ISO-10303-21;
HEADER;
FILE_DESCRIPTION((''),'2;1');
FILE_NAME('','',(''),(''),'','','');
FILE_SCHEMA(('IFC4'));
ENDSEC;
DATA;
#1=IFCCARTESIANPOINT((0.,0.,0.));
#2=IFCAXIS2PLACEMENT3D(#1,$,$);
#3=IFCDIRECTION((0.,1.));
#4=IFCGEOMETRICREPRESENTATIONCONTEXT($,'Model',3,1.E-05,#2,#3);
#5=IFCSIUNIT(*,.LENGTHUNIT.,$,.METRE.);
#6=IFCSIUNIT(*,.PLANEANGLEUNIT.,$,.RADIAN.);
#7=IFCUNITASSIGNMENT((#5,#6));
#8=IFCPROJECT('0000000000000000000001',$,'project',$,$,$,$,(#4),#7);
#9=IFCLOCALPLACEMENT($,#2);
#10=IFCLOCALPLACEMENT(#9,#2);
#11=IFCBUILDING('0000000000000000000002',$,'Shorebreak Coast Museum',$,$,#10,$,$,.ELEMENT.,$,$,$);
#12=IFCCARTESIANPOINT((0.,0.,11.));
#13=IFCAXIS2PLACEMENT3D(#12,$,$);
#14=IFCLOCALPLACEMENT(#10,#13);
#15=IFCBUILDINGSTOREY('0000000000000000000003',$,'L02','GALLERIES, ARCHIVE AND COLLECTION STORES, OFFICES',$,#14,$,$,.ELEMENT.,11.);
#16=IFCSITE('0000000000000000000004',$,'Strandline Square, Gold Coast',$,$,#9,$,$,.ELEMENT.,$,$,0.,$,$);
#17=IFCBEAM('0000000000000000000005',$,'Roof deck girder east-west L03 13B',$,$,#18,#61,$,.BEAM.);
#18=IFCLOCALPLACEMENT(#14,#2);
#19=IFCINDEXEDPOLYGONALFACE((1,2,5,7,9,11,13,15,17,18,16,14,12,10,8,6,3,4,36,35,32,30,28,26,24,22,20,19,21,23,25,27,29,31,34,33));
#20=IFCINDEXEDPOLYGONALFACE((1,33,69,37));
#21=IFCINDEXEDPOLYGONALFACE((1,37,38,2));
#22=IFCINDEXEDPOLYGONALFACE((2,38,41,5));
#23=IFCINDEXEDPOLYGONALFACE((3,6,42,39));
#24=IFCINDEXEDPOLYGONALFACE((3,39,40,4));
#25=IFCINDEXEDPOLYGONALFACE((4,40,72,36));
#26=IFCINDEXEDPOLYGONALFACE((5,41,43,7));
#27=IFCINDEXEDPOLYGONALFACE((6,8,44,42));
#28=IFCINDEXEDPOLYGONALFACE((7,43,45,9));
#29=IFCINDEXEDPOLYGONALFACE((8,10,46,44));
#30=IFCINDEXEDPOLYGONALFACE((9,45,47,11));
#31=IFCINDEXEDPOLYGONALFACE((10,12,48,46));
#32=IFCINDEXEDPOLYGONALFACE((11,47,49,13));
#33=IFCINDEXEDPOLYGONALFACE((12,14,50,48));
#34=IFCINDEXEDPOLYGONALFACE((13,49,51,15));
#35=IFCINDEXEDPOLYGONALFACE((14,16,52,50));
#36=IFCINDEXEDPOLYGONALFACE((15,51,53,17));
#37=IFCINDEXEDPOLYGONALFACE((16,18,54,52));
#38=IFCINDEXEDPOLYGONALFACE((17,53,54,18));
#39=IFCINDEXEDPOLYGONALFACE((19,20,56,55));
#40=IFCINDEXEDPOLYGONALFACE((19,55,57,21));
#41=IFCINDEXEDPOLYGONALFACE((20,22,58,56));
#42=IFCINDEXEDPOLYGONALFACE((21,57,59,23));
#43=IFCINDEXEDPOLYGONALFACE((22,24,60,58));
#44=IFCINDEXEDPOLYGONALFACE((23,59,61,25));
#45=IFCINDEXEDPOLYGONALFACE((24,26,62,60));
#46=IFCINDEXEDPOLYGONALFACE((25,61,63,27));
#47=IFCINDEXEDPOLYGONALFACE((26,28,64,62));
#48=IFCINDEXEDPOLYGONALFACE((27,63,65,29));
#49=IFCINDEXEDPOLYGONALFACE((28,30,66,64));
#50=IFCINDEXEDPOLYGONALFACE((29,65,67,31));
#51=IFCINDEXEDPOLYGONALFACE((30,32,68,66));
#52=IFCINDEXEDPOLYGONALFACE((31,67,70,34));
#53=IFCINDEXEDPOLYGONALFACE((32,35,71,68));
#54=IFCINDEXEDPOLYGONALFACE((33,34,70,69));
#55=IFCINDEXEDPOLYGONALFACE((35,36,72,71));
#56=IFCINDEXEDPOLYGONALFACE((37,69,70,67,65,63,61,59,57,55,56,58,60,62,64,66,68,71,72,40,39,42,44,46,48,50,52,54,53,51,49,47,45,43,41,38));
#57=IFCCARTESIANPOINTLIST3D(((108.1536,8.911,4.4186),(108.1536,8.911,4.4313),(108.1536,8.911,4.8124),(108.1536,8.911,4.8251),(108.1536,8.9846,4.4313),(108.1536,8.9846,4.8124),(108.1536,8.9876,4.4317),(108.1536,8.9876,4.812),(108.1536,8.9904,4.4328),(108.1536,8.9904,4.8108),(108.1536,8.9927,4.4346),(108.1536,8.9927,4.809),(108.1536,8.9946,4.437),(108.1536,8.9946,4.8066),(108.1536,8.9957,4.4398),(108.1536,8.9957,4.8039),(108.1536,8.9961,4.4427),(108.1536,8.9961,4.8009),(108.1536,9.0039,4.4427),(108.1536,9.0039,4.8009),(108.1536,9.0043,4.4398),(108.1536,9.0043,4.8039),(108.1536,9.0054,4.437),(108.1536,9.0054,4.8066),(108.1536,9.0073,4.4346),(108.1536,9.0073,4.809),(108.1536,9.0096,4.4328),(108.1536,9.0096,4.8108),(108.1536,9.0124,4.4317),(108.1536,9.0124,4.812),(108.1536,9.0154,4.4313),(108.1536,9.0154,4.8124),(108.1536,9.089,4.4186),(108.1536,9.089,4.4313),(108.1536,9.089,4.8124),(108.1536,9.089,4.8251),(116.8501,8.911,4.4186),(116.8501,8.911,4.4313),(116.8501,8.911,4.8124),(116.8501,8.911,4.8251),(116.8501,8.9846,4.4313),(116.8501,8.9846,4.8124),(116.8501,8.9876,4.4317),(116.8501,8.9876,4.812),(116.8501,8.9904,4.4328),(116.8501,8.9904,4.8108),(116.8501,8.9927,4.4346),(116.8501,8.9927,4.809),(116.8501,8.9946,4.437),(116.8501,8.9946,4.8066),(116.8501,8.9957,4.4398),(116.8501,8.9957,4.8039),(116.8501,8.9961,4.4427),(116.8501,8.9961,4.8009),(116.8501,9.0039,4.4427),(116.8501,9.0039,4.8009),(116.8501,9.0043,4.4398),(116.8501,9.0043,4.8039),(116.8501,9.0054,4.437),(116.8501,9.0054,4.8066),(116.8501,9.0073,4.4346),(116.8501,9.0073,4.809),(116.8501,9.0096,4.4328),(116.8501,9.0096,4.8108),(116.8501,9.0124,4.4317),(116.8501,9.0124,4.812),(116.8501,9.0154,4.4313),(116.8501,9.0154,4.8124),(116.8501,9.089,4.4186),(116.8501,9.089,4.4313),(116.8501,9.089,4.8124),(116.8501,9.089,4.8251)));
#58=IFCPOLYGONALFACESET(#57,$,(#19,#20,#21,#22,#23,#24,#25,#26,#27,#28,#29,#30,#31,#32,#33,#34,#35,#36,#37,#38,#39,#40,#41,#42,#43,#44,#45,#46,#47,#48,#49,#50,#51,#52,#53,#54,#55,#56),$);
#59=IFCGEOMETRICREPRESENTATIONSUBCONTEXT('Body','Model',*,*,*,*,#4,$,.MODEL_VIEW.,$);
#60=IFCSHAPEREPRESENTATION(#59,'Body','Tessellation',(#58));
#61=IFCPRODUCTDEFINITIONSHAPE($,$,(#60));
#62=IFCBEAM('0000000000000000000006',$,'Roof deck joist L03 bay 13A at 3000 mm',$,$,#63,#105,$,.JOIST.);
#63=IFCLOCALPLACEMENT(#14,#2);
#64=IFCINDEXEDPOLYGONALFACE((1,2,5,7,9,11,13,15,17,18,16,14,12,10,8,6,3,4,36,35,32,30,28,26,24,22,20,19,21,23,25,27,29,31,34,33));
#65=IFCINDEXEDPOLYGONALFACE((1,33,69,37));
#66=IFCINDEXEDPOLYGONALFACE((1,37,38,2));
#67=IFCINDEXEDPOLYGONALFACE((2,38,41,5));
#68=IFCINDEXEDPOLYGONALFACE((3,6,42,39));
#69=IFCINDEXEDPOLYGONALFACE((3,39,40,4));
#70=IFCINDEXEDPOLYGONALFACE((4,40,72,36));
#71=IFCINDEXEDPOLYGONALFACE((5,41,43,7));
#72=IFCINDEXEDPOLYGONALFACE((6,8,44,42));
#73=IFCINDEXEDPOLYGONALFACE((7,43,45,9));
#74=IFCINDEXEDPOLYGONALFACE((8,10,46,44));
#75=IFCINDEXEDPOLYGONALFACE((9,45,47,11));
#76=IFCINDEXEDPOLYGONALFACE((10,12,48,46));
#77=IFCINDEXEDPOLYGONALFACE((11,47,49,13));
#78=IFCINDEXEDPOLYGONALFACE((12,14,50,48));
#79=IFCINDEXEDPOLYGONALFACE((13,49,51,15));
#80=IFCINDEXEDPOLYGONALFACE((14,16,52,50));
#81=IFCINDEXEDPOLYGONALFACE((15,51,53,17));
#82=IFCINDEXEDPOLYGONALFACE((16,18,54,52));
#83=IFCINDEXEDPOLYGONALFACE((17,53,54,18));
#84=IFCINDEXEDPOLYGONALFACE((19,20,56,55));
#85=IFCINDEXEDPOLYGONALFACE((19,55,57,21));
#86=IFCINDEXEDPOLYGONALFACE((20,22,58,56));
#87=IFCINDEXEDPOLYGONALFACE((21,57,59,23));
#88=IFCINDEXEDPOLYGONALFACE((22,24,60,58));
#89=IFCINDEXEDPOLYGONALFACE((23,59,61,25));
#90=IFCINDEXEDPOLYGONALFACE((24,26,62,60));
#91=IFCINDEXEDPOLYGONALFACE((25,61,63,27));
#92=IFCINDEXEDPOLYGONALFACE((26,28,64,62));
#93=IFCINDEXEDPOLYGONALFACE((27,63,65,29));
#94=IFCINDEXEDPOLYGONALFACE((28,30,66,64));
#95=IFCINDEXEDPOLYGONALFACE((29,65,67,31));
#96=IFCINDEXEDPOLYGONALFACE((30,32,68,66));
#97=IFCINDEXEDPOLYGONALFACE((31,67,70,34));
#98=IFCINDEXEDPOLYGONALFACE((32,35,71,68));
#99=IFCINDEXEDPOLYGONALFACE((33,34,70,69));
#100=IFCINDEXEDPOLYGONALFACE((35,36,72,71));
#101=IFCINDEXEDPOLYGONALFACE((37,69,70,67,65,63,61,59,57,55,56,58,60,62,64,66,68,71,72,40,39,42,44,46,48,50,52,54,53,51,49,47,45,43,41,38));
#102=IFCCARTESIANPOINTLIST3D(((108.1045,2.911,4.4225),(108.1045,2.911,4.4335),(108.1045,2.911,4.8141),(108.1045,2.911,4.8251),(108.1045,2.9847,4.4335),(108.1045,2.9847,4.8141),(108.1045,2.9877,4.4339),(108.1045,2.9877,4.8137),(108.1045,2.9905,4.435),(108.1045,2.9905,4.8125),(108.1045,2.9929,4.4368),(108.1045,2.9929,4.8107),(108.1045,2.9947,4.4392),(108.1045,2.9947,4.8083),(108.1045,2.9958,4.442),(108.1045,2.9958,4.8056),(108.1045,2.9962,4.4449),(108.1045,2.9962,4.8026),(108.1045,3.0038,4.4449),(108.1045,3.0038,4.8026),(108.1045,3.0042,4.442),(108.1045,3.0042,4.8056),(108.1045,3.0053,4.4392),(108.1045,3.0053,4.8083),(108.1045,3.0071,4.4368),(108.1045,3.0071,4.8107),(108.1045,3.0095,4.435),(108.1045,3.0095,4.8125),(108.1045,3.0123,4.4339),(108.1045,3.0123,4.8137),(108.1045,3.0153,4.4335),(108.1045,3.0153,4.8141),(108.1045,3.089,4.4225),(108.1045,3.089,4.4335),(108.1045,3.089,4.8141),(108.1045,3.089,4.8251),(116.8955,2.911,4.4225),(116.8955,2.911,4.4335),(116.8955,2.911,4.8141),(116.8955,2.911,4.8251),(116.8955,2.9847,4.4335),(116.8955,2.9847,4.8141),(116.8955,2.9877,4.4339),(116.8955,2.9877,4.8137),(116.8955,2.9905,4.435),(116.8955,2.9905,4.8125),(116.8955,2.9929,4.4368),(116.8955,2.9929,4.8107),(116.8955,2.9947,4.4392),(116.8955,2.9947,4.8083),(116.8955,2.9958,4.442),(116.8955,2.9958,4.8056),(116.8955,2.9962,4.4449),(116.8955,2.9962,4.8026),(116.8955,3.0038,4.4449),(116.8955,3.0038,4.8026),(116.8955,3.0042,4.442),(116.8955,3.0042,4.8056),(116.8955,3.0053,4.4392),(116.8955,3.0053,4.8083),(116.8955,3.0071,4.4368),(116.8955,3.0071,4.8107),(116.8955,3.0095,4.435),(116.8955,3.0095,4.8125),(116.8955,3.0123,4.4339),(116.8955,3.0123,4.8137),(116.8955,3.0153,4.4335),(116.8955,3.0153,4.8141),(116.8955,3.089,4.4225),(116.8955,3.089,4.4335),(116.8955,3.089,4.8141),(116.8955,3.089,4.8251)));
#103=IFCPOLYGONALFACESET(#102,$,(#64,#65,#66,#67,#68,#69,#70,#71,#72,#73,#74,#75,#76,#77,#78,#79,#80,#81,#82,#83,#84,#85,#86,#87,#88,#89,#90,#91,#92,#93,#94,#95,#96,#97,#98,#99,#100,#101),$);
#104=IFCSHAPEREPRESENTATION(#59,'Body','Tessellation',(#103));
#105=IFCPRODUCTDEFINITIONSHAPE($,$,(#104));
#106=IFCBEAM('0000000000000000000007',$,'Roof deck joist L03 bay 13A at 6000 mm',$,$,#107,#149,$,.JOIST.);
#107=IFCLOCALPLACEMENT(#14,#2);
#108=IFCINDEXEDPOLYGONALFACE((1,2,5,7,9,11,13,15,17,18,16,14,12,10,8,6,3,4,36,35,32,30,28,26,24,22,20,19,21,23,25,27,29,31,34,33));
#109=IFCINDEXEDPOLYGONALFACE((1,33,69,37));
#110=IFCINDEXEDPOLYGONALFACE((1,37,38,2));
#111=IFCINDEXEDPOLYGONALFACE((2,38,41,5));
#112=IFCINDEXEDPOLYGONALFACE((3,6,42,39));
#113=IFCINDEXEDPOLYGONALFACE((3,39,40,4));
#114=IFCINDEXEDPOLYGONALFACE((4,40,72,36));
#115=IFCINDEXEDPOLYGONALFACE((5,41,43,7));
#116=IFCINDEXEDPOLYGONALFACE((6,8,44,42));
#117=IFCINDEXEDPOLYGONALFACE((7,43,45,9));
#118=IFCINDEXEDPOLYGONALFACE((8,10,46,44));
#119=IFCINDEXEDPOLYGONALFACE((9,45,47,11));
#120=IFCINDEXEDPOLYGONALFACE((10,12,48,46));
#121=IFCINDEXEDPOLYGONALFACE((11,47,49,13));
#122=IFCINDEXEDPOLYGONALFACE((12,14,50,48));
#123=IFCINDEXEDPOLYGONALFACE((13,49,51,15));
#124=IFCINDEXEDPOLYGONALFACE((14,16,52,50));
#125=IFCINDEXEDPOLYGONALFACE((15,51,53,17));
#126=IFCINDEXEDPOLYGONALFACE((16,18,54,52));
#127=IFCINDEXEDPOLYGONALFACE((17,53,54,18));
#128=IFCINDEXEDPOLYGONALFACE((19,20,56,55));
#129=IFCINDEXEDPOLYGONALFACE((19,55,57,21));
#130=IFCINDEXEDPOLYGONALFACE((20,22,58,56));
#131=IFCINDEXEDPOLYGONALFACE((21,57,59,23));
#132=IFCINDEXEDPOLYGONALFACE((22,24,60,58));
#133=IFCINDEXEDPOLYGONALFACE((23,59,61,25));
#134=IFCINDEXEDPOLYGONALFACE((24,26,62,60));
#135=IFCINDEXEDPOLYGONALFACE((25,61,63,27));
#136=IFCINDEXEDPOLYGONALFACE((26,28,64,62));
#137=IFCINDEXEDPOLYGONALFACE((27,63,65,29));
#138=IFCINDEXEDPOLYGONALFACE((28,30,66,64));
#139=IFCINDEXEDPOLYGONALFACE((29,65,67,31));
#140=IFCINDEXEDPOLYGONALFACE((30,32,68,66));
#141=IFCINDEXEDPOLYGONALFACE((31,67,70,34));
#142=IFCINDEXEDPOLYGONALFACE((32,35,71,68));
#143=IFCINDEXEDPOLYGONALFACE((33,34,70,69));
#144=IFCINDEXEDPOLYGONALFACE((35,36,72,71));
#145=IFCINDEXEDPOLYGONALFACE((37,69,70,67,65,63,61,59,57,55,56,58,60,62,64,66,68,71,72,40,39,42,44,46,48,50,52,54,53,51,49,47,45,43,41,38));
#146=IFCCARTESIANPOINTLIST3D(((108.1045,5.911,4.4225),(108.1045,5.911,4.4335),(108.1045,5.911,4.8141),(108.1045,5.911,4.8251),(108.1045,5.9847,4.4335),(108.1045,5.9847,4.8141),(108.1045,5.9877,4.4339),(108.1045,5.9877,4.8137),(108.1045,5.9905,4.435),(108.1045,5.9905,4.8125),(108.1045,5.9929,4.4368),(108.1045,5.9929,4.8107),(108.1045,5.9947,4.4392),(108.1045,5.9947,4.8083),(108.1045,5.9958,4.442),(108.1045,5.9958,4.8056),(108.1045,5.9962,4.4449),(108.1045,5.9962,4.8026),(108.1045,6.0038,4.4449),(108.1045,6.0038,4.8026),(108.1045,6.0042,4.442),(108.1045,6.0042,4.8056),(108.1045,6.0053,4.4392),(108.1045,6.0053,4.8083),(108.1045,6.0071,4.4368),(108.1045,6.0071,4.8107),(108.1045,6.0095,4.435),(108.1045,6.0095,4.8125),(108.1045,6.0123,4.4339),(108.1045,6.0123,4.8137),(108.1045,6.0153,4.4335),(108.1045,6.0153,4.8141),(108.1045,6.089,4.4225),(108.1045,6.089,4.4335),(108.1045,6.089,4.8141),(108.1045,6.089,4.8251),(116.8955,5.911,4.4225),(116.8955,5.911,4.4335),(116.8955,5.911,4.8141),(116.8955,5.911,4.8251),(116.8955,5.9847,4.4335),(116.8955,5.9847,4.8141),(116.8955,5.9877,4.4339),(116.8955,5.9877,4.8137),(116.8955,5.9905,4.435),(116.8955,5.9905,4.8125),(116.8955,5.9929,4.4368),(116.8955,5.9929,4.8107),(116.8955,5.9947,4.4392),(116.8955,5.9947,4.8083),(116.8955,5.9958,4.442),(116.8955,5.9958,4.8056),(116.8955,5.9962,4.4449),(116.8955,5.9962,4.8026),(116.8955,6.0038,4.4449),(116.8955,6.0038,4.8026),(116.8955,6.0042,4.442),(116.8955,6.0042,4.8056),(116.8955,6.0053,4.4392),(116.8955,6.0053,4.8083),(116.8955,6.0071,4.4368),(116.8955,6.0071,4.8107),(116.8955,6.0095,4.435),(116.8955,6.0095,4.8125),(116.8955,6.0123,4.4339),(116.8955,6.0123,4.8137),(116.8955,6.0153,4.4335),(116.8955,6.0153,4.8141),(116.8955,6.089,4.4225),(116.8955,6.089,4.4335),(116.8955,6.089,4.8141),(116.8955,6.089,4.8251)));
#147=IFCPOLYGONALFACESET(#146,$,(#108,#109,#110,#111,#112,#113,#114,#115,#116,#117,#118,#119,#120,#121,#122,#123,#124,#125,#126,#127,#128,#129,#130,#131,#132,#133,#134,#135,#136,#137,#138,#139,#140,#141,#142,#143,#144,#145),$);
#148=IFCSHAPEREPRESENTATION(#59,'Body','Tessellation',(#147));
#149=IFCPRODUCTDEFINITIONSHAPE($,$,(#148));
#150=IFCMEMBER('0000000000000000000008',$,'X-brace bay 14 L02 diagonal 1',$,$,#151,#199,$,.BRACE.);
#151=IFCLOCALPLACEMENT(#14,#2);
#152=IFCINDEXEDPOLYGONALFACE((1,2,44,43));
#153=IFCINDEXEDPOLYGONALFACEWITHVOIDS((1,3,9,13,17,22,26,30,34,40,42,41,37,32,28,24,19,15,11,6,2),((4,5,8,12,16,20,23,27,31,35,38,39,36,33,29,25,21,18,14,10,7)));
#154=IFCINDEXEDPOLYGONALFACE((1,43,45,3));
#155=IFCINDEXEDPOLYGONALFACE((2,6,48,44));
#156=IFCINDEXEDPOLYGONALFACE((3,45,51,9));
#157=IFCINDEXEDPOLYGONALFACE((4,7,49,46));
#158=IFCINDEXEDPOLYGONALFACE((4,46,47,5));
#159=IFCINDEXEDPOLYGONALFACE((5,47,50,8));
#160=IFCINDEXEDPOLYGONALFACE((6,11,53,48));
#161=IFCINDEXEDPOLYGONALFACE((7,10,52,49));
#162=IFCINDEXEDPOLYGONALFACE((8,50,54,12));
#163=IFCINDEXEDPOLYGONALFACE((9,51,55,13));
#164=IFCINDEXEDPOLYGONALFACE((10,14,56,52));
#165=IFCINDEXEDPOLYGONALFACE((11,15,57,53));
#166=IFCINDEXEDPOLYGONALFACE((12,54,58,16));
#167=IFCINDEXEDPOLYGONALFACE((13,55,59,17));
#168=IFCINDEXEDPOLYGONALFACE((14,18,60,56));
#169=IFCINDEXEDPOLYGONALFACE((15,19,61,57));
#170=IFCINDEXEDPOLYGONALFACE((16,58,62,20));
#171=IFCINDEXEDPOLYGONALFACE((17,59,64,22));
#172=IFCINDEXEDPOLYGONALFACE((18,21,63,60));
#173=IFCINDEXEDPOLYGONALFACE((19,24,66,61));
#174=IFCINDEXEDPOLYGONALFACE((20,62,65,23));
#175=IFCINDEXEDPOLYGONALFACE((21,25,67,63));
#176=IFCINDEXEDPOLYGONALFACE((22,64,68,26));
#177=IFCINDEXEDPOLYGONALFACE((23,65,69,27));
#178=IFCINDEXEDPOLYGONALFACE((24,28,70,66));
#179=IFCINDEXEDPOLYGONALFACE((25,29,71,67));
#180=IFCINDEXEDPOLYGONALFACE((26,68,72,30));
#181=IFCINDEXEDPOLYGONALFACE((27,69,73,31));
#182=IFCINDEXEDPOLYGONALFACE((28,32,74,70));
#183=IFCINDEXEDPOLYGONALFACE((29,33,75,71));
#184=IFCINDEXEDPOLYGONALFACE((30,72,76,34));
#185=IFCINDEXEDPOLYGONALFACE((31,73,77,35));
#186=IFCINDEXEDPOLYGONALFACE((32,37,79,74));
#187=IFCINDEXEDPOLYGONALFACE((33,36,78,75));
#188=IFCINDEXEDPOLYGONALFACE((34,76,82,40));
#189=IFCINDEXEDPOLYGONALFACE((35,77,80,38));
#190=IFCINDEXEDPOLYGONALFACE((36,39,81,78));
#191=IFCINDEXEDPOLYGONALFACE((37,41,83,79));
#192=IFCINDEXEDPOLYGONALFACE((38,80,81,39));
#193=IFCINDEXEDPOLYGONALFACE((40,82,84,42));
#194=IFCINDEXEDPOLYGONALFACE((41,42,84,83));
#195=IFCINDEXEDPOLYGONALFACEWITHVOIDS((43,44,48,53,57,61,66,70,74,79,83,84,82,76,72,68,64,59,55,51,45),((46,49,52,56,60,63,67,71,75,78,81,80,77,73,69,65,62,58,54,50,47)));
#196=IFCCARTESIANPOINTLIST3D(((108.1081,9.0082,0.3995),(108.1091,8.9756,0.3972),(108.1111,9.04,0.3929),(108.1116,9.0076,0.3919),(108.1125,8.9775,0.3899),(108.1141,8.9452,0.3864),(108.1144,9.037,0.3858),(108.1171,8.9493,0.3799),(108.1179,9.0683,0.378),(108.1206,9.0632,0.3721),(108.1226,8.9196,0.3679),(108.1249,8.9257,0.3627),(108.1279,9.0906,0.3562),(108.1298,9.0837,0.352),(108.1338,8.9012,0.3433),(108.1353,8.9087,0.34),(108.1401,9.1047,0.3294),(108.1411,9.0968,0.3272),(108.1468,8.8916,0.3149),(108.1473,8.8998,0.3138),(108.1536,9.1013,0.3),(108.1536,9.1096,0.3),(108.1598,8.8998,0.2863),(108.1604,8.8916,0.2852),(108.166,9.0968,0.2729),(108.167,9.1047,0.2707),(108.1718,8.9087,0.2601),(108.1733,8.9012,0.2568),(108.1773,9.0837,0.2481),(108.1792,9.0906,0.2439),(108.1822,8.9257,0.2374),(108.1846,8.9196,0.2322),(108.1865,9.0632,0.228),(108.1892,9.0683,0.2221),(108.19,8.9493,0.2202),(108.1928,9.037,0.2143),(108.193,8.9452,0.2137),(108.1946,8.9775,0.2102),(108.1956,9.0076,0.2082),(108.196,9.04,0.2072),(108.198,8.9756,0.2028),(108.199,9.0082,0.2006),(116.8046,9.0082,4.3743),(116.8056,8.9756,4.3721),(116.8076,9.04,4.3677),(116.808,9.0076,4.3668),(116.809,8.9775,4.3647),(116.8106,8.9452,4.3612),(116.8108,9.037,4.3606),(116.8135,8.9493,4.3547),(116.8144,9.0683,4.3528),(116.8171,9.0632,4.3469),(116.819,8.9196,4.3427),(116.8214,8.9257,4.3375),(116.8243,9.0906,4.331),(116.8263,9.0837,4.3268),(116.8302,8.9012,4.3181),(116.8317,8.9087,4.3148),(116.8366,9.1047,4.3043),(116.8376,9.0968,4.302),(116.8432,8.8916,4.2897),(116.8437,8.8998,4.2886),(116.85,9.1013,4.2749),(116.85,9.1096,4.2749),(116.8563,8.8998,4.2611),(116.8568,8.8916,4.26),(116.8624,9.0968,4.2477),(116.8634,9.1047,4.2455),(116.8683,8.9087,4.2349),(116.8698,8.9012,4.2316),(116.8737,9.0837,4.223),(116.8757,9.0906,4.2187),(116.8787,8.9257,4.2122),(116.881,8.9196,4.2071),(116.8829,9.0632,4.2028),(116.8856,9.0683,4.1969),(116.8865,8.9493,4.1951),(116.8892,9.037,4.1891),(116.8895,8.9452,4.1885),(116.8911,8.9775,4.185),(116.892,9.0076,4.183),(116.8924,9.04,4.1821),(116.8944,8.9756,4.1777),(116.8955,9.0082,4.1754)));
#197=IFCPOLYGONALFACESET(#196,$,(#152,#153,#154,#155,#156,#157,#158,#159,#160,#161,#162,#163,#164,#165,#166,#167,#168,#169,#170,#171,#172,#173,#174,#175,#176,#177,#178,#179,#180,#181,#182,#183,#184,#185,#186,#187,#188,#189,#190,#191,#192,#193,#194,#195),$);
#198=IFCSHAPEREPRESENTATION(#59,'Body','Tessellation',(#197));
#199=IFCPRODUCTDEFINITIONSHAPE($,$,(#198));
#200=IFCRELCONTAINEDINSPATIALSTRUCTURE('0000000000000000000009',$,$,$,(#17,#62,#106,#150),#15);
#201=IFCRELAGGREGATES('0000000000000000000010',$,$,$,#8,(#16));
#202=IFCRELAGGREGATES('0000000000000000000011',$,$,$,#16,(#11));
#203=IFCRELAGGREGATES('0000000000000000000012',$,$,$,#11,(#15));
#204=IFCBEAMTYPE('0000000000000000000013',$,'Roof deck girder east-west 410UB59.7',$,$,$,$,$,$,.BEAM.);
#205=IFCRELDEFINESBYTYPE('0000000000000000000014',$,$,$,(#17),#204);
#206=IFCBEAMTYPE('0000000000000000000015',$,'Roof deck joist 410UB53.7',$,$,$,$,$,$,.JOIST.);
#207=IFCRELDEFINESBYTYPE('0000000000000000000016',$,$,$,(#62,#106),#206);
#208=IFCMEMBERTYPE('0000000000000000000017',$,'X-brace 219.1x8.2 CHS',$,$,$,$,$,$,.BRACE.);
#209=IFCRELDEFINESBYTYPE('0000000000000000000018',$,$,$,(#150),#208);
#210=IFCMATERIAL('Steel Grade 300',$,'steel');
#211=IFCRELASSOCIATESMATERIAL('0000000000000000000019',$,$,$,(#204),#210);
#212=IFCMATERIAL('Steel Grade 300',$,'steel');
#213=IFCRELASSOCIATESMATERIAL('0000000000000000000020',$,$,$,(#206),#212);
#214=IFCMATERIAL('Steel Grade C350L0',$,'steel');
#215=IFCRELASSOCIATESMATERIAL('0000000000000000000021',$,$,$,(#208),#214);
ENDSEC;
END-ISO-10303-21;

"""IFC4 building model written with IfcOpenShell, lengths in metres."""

from ifc_helpers import new_model, si_unit, direction, frame, origin, origin_2d, place, context, subcontext, project, spatial, hollow_circle, i_section, extrude, material, material_profile, profile_set, type_object, element, save


model = new_model("IFC4")

# Units and contexts
model_context = context("Model", 3, precision=1e-05, world=origin(), true_north=direction((0.0, 1.0)))
body_context = subcontext(model_context, "Body", "Model", "MODEL_VIEW")
ifc_project = project(units=[si_unit("LENGTHUNIT", "METRE"), si_unit("PLANEANGLEUNIT", "RADIAN")], contexts=[model_context])

# Site, building, storey
site_placement = place(None, origin())
site = spatial("IfcSite", under=ifc_project, at=site_placement, Name="Strandline Square, Gold Coast", CompositionType="ELEMENT", RefElevation=0.0)
building_placement = place(site_placement, origin())
building = spatial("IfcBuilding", under=site, at=building_placement, Name="Shorebreak Coast Museum", CompositionType="ELEMENT")
storey_placement = place(building_placement, frame((0.0, 0.0, 11.0)))
storey = spatial("IfcBuildingStorey", under=building, at=storey_placement, Name="L02", Description="GALLERIES, ARCHIVE AND COLLECTION STORES, OFFICES", CompositionType="ELEMENT", Elevation=11.0)

# Beams
ifc_material_1 = material(Name="Steel Grade 300", Category="steel")
ifc_material_profile_1 = material_profile(ifc_material_1, i_section(OverallWidth=0.178, OverallDepth=0.4065, WebThickness=0.0078, FlangeThickness=0.0127, FilletRadius=0.0115, at=origin_2d()), Name="410UB59.7")
ifc_profile_set_1 = profile_set([ifc_material_profile_1], Name="Steel Grade 300")
beam_type_1 = type_object("IfcBeamType", Name="Roof deck girder east-west 410UB59.7", PredefinedType="BEAM", material=ifc_profile_set_1)
beam_1_placement = place(storey_placement, frame((108.1536, 9.0, 4.6218), z_axis=(1.0, 0.0, 0.0), x_axis=(0.0, 1.0, 0.0)))
element("IfcBeam", 1, at=beam_1_placement, inside=storey, type_object=beam_type_1, Name="Roof deck girder east-west L03 13B", PredefinedType="BEAM", context=body_context, shape_type="SweptSolid", body=[
    extrude(i_section(OverallWidth=0.178, OverallDepth=0.4065, WebThickness=0.0078, FlangeThickness=0.0127, FilletRadius=0.0115, at=origin_2d()), origin(), (0.0, 0.0, 1.0), 8.6965),
])
ifc_material_2 = material(Name="Steel Grade 300", Category="steel")
ifc_material_profile_2 = material_profile(ifc_material_2, i_section(OverallWidth=0.178, OverallDepth=0.4026, WebThickness=0.0076, FlangeThickness=0.011, FilletRadius=0.0115, at=origin_2d()), Name="410UB53.7")
ifc_profile_set_2 = profile_set([ifc_material_profile_2], Name="Steel Grade 300")
beam_type_2 = type_object("IfcBeamType", Name="Roof deck joist 410UB53.7", PredefinedType="JOIST", material=ifc_profile_set_2)
for number, where, z_axis, x_axis, name in (
    (2, (108.1045, 3.0, 4.6238), (1.0, 0.0, 0.0), (0.0, 1.0, 0.0), "Roof deck joist L03 bay 13A at 3000 mm"),
    (3, (108.1045, 6.0, 4.6238), (1.0, 0.0, 0.0), (0.0, 1.0, 0.0), "Roof deck joist L03 bay 13A at 6000 mm"),
):
    element("IfcBeam", number, at=place(storey_placement, frame(where, z_axis=z_axis, x_axis=x_axis)), inside=storey, type_object=beam_type_2, Name=name, PredefinedType="JOIST", context=body_context, shape_type="SweptSolid", body=[
        extrude(i_section(OverallWidth=0.178, OverallDepth=0.4026, WebThickness=0.0076, FlangeThickness=0.011, FilletRadius=0.0115, at=origin_2d()), origin(), (0.0, 0.0, 1.0), 8.791),
    ])

# Member
ifc_material_3 = material(Name="Steel Grade C350L0", Category="steel")
ifc_material_profile_3 = material_profile(ifc_material_3, hollow_circle(Radius=0.1096, WallThickness=0.0083, at=origin_2d()), Name="219.1x8.2 CHS")
ifc_profile_set_3 = profile_set([ifc_material_profile_3], Name="Steel Grade C350L0")
member_type = type_object("IfcMemberType", Name="X-brace 219.1x8.2 CHS", PredefinedType="BRACE", material=ifc_profile_set_3)
member_placement = place(storey_placement, frame((108.1536, 9.0, 0.3), z_axis=(0.909502, 0.0, 0.415699), x_axis=(0.0, 1.0, 0.0)))
element("IfcMember", 4, at=member_placement, inside=storey, type_object=member_type, Name="X-brace bay 14 L02 diagonal 1", PredefinedType="BRACE", context=body_context, shape_type="SweptSolid", body=[
    extrude(hollow_circle(Radius=0.1096, WallThickness=0.0083, at=origin_2d()), origin(), (0.0, 0.0, 1.0), 9.5618),
])

save(model, "model.ifc")
